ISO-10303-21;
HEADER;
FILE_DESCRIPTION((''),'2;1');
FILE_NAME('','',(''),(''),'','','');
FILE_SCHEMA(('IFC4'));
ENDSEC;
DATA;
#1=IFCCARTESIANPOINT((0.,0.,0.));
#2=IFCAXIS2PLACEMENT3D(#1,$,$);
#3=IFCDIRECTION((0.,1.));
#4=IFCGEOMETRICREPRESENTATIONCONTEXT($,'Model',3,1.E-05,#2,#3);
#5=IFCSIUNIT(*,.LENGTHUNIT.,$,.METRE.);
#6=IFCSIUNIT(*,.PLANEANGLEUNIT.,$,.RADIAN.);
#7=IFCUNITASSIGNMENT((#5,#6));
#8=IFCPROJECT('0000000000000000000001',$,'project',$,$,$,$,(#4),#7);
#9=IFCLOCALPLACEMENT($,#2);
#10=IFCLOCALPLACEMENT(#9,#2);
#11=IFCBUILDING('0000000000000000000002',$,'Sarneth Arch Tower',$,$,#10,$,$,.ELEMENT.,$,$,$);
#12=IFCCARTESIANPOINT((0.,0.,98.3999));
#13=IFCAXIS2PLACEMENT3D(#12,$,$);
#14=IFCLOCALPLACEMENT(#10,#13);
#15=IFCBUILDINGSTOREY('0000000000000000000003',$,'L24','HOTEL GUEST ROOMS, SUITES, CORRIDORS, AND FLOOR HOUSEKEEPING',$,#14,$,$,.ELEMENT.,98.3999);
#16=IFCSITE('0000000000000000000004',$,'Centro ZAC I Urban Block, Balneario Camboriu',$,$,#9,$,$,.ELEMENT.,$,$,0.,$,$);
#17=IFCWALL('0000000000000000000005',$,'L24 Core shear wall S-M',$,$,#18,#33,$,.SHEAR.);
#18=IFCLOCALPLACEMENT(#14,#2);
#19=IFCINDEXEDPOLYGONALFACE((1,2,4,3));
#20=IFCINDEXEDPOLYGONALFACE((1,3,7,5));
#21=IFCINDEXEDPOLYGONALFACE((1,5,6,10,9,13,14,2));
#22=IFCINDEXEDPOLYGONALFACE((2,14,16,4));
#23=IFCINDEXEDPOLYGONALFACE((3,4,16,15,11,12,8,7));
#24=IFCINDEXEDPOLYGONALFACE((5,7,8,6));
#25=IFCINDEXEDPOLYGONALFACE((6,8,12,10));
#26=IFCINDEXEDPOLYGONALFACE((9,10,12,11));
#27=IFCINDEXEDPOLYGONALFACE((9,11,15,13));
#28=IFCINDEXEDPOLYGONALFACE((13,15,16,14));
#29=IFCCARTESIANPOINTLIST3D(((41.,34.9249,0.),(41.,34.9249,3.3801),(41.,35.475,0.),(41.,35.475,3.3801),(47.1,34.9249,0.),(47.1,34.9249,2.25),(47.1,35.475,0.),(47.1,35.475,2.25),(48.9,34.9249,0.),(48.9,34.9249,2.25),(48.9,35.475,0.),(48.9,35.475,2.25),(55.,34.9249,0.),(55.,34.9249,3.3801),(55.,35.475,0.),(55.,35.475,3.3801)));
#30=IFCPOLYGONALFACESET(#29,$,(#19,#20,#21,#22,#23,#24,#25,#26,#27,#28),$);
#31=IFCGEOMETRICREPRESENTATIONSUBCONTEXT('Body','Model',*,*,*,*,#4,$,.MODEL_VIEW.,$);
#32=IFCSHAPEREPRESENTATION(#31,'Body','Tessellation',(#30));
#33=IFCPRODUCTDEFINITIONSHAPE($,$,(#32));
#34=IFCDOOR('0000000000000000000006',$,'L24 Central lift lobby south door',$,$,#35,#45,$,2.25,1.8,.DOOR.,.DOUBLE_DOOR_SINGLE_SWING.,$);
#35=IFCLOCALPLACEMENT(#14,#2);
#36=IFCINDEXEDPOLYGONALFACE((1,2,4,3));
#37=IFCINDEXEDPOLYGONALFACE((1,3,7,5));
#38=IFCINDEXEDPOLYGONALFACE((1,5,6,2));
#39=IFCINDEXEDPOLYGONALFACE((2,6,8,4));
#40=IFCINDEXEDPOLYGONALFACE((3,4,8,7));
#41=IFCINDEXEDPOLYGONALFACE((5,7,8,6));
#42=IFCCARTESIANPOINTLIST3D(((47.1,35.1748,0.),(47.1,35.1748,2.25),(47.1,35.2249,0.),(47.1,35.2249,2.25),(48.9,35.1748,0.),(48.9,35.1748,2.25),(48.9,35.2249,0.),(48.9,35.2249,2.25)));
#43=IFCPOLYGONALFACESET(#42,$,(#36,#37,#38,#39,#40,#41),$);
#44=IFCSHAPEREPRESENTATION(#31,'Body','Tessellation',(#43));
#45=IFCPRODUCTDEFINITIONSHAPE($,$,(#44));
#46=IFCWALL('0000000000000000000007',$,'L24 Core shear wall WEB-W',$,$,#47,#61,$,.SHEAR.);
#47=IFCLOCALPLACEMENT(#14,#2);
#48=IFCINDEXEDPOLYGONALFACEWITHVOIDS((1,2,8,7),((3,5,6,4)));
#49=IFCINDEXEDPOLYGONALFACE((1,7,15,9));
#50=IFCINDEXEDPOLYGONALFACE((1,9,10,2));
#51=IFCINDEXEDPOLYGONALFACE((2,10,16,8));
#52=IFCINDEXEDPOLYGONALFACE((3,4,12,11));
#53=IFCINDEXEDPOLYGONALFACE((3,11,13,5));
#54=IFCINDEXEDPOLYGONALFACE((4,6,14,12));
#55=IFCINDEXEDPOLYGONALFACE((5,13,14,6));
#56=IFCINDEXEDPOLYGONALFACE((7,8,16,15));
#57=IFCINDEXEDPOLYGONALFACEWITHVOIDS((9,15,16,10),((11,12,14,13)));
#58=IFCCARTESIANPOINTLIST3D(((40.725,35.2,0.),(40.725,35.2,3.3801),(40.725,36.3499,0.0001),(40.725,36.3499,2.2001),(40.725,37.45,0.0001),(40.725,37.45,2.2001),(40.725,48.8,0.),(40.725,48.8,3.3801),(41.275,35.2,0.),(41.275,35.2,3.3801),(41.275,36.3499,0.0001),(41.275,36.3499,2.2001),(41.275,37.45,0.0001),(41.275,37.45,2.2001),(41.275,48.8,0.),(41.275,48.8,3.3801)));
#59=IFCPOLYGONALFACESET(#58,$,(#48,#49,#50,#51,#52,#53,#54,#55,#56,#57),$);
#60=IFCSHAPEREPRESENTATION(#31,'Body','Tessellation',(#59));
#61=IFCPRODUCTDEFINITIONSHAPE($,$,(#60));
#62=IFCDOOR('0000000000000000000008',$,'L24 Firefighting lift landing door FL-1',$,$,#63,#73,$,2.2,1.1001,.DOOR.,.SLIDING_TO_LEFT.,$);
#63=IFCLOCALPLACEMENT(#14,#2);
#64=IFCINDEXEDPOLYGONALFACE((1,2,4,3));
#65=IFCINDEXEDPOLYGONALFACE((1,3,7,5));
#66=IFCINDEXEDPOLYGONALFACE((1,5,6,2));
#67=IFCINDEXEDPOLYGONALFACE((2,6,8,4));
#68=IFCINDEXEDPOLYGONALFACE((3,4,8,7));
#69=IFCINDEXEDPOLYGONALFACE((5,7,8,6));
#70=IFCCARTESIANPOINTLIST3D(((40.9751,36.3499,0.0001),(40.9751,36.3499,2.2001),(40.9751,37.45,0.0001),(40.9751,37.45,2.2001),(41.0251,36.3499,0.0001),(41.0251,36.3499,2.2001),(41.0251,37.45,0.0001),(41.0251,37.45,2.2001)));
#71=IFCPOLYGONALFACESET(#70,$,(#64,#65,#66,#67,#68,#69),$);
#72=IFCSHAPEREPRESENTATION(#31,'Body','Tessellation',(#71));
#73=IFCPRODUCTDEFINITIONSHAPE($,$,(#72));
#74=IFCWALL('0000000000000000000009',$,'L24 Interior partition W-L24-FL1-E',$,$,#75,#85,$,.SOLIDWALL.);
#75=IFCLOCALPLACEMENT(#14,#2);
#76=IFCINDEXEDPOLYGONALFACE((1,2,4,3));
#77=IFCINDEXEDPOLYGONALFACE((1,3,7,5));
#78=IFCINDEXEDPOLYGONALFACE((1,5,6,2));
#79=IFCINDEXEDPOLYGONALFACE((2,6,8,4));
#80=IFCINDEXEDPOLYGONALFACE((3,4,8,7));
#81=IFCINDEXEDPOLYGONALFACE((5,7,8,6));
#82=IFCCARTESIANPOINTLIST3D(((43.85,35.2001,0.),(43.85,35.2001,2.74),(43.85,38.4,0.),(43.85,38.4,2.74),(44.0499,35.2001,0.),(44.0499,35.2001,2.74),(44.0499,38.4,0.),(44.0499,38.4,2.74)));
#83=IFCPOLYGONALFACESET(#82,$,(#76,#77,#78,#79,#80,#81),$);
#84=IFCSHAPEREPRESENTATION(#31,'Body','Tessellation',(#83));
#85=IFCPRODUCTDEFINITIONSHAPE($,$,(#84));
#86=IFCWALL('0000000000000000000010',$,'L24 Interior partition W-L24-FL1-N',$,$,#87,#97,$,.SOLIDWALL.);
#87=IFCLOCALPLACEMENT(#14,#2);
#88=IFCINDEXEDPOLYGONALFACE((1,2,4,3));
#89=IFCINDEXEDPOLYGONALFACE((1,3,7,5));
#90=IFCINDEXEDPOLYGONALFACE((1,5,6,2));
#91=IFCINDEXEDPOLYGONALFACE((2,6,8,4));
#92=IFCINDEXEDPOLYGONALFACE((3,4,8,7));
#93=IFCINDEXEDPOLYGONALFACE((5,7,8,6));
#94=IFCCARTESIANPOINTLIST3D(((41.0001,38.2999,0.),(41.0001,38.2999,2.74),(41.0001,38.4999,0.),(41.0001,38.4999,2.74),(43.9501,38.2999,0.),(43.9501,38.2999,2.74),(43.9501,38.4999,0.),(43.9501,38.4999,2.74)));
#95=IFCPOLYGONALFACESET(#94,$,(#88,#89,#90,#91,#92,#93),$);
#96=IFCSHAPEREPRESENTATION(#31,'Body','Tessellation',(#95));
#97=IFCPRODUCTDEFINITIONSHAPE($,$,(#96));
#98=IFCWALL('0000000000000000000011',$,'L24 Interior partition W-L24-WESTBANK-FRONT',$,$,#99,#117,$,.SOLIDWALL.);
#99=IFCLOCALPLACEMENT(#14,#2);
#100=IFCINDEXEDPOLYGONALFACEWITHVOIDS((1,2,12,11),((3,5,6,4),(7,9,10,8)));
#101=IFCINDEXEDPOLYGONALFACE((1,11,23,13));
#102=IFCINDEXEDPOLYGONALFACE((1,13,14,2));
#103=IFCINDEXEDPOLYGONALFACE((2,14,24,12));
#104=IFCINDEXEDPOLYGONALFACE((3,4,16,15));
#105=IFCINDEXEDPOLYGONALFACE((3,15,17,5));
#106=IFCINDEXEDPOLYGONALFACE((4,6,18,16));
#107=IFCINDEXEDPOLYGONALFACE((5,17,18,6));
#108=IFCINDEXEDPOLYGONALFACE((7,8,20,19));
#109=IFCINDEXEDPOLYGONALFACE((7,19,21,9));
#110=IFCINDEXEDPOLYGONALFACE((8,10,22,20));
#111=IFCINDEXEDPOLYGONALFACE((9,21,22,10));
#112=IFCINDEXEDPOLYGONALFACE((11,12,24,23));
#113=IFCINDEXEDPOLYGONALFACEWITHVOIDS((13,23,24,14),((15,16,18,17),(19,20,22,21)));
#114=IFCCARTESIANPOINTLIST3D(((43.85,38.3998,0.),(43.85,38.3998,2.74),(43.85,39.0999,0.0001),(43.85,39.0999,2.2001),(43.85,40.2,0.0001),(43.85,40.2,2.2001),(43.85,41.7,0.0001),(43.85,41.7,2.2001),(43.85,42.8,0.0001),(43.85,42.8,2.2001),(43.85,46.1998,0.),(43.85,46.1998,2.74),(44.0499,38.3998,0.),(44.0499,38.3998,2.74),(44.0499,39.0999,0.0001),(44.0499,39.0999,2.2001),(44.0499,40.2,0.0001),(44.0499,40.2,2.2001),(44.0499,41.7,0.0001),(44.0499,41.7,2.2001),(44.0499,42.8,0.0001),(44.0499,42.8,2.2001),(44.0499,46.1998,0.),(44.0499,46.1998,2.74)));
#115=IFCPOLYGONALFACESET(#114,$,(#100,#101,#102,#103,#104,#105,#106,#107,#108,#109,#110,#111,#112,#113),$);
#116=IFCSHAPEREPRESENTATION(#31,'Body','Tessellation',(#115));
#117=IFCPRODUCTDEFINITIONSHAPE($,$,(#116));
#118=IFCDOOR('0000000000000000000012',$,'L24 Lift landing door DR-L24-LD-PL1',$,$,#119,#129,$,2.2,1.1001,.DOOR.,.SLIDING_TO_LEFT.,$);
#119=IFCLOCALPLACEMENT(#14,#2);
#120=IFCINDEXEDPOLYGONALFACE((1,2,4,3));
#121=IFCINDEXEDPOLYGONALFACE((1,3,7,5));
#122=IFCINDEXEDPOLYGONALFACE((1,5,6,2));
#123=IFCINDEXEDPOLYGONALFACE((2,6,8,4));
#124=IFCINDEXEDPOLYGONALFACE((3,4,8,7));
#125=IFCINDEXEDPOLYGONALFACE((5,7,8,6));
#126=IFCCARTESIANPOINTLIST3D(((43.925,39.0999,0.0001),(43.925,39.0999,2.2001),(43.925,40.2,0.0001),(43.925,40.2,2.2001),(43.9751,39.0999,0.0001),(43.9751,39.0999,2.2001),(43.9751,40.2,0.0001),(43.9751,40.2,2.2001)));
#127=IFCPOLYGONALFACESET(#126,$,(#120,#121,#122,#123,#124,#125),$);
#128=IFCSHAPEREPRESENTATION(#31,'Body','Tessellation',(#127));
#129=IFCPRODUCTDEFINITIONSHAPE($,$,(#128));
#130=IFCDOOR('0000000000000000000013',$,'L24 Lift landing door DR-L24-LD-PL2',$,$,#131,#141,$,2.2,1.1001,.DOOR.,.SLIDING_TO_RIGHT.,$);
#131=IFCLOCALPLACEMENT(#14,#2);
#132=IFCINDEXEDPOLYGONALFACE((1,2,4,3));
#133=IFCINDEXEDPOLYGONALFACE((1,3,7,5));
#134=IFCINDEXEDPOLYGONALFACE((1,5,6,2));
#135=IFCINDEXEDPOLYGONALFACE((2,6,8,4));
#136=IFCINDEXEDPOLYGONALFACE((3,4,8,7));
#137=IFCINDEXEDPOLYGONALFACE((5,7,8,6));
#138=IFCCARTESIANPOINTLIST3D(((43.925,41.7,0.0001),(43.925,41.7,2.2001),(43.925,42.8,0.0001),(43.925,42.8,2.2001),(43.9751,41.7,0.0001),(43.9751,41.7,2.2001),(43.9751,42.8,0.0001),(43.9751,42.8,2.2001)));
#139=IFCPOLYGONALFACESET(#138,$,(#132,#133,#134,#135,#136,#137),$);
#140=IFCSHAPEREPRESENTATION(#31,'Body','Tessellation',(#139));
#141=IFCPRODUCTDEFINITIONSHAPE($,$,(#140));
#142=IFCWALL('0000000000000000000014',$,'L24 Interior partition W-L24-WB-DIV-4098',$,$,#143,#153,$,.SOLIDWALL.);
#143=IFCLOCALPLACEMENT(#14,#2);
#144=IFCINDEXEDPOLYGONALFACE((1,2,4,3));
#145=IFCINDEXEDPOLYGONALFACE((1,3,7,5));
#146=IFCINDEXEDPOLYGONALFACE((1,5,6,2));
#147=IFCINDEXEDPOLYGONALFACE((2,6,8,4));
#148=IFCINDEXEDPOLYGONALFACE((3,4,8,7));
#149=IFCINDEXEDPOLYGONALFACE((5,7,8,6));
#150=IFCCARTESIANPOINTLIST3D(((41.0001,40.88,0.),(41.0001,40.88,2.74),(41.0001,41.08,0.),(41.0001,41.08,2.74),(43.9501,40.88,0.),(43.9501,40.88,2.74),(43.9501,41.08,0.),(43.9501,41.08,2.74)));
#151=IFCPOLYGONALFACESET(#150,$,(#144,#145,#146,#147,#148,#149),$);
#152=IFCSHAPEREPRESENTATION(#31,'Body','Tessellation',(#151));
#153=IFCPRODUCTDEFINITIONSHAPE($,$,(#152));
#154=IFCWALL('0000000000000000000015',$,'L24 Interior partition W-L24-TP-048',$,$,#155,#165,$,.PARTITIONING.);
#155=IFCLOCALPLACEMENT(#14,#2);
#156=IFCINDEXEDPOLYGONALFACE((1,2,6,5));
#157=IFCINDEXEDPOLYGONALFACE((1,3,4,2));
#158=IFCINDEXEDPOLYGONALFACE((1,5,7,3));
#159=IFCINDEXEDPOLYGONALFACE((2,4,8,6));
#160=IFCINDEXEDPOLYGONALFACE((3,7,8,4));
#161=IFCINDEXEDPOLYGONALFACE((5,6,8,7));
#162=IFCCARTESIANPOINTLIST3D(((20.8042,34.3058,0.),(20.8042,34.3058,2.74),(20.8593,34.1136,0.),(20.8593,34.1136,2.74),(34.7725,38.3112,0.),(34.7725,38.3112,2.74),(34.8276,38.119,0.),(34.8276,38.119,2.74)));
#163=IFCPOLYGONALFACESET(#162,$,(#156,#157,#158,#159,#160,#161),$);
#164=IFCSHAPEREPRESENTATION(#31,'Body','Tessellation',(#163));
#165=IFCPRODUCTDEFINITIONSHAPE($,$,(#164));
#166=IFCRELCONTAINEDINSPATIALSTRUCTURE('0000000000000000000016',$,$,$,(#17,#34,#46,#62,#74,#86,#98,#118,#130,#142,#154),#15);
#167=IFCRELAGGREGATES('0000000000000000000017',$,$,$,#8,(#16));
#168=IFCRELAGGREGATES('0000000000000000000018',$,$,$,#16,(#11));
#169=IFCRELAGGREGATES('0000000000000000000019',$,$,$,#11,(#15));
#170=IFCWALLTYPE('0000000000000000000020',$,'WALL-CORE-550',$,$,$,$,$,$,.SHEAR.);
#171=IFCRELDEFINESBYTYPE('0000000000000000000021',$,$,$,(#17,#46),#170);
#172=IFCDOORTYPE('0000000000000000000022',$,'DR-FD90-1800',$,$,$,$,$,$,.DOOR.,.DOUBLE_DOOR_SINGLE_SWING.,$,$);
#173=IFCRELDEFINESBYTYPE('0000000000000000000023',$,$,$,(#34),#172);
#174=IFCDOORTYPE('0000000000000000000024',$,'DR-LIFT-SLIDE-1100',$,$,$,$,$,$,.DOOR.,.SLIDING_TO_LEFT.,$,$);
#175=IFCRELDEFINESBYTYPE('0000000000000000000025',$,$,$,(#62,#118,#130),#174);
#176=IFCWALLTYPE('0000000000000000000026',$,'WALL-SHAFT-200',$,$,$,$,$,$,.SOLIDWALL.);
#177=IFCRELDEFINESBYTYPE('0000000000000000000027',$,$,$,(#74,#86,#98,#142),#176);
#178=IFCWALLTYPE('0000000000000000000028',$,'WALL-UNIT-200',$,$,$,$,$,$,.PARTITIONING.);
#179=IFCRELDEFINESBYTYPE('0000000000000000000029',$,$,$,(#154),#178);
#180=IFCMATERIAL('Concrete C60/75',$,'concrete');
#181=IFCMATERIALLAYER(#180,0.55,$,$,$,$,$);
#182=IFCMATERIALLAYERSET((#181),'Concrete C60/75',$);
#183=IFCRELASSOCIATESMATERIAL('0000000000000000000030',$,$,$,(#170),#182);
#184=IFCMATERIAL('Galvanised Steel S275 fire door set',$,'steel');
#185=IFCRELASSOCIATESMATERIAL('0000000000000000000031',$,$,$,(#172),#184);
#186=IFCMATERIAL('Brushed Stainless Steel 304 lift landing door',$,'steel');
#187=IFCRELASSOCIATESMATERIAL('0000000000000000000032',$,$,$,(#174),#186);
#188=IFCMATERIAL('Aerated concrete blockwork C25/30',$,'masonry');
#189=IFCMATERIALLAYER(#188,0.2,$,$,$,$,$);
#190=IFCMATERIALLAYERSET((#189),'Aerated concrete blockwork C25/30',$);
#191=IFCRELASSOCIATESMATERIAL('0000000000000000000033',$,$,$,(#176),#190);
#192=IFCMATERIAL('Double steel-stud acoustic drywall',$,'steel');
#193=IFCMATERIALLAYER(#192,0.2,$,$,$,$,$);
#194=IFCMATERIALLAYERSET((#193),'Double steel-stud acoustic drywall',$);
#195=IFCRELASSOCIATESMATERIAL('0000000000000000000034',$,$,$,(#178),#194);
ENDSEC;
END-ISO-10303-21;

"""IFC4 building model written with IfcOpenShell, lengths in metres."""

from ifc_helpers import new_model, si_unit, direction, frame, frame_2d, origin, place, context, subcontext, project, spatial, rectangle, extrude, material, layer, layer_set, type_object, element, fill, save


model = new_model("IFC4")

# Units and contexts
model_context = context("Model", 3, precision=1e-05, world=origin(), true_north=direction((0.0, 1.0)))
body_context = subcontext(model_context, "Body", "Model", "MODEL_VIEW")
ifc_project = project(units=[si_unit("LENGTHUNIT", "METRE"), si_unit("PLANEANGLEUNIT", "RADIAN")], contexts=[model_context])

# Site, building, storey
site_placement = place(None, origin())
site = spatial("IfcSite", under=ifc_project, at=site_placement, Name="Centro ZAC I Urban Block, Balneario Camboriu", CompositionType="ELEMENT", RefElevation=0.0)
building_placement = place(site_placement, origin())
building = spatial("IfcBuilding", under=site, at=building_placement, Name="Sarneth Arch Tower", CompositionType="ELEMENT")
storey_placement = place(building_placement, frame((0.0, 0.0, 98.3999)))
storey = spatial("IfcBuildingStorey", under=building, at=storey_placement, Name="L24", Description="HOTEL GUEST ROOMS, SUITES, CORRIDORS, AND FLOOR HOUSEKEEPING", CompositionType="ELEMENT", Elevation=98.3999)

# Shared definitions
ifc_material_1 = material(Name="Concrete C60/75", Category="concrete")
ifc_layer_1 = layer(ifc_material_1, 0.55)
ifc_layer_set_1 = layer_set([ifc_layer_1], Name="Concrete C60/75")
wall_type_1 = type_object("IfcWallType", Name="WALL-CORE-550", PredefinedType="SHEAR", material=ifc_layer_set_1)

# Walls, openings, doors
wall_1_placement = place(storey_placement, frame((41.0, 35.2, 0.0), z_axis=(0.0, 0.0, 1.0), x_axis=(1.0, 0.0, 0.0)))
wall_1 = element("IfcWall", 1, at=wall_1_placement, inside=storey, type_object=wall_type_1, Name="L24 Core shear wall S-M", PredefinedType="SHEAR", context=body_context, shape_type="SweptSolid", body=[
    extrude(rectangle(XDim=14.0, YDim=0.55, at=frame_2d((7.0, 0.0))), origin(), (0.0, 0.0, 1.0), 3.3801),
])
opening_1_placement = place(wall_1_placement, frame((6.1001, 0.0, 0.0)))
opening_1 = element("IfcOpeningElement", 2, at=opening_1_placement, cuts=wall_1, PredefinedType="OPENING", context=body_context, shape_type="SweptSolid", body=[
    extrude(rectangle(XDim=1.8, YDim=2.25, at=frame_2d((0.8999, 1.125))), frame((0.0, 0.2849, 0.0), z_axis=(0.0, -1.0, 0.0), x_axis=(1.0, 0.0, 0.0)), (0.0, 0.0, 1.0), 0.5701),
])
ifc_material_2 = material(Name="Galvanised Steel S275 fire door set", Category="steel")
door_type_1 = type_object("IfcDoorType", Name="DR-FD90-1800", OperationType="DOUBLE_DOOR_SINGLE_SWING", PredefinedType="DOOR", material=ifc_material_2)
door_1_placement = place(opening_1_placement, origin())
door_1 = element("IfcDoor", 3, at=door_1_placement, inside=storey, type_object=door_type_1, Name="L24 Central lift lobby south door", OperationType="DOUBLE_DOOR_SINGLE_SWING", OverallHeight=2.25, OverallWidth=1.8, PredefinedType="DOOR", context=body_context, shape_type="SweptSolid", body=[
    extrude(rectangle(XDim=1.8, YDim=2.25, at=frame_2d((0.8999, 1.125))), frame((0.0, 0.0249, 0.0), z_axis=(0.0, -1.0, 0.0), x_axis=(1.0, 0.0, 0.0)), (0.0, 0.0, 1.0), 0.05),
])
fill(opening_1, door_1)
wall_2_placement = place(storey_placement, frame((41.0, 35.2, 0.0), z_axis=(0.0, 0.0, 1.0), x_axis=(0.0, 1.0, 0.0)))
wall_2 = element("IfcWall", 4, at=wall_2_placement, inside=storey, type_object=wall_type_1, Name="L24 Core shear wall WEB-W", PredefinedType="SHEAR", context=body_context, shape_type="SweptSolid", body=[
    extrude(rectangle(XDim=13.6001, YDim=0.55, at=frame_2d((6.8, 0.0))), origin(), (0.0, 0.0, 1.0), 3.3801),
])
opening_2_placement = place(wall_2_placement, frame((1.1499, 0.0, 0.0)))
opening_2 = element("IfcOpeningElement", 5, at=opening_2_placement, cuts=wall_2, PredefinedType="OPENING", context=body_context, shape_type="SweptSolid", body=[
    extrude(rectangle(XDim=1.1001, YDim=2.2, at=frame_2d((0.55, 1.1001))), frame((0.0, 0.2849, 0.0), z_axis=(0.0, -1.0, 0.0), x_axis=(1.0, 0.0, 0.0)), (0.0, 0.0, 1.0), 0.5701),
])
ifc_material_3 = material(Name="Brushed Stainless Steel 304 lift landing door", Category="steel")
door_type_2 = type_object("IfcDoorType", Name="DR-LIFT-SLIDE-1100", OperationType="SLIDING_TO_LEFT", PredefinedType="DOOR", material=ifc_material_3)
door_2_placement = place(opening_2_placement, origin())
door_2 = element("IfcDoor", 6, at=door_2_placement, inside=storey, type_object=door_type_2, Name="L24 Firefighting lift landing door FL-1", OperationType="SLIDING_TO_LEFT", OverallHeight=2.2, OverallWidth=1.1001, PredefinedType="DOOR", context=body_context, shape_type="SweptSolid", body=[
    extrude(rectangle(XDim=1.1001, YDim=2.2, at=frame_2d((0.55, 1.1001))), frame((0.0, 0.0249, 0.0), z_axis=(0.0, -1.0, 0.0), x_axis=(1.0, 0.0, 0.0)), (0.0, 0.0, 1.0), 0.05),
])
fill(opening_2, door_2)
ifc_material_4 = material(Name="Aerated concrete blockwork C25/30", Category="masonry")
ifc_layer_2 = layer(ifc_material_4, 0.2)
ifc_layer_set_2 = layer_set([ifc_layer_2], Name="Aerated concrete blockwork C25/30")
wall_type_2 = type_object("IfcWallType", Name="WALL-SHAFT-200", PredefinedType="SOLIDWALL", material=ifc_layer_set_2)

# Walls
wall_3_placement = place(storey_placement, frame((43.95, 35.2, 0.0), z_axis=(0.0, 0.0, 1.0), x_axis=(0.0, 1.0, 0.0)))
element("IfcWall", 7, at=wall_3_placement, inside=storey, type_object=wall_type_2, Name="L24 Interior partition W-L24-FL1-E", PredefinedType="SOLIDWALL", context=body_context, shape_type="SweptSolid", body=[
    extrude(rectangle(XDim=3.2, YDim=0.2, at=frame_2d((1.6001, 0.0))), origin(), (0.0, 0.0, 1.0), 2.74),
])
wall_4_placement = place(storey_placement, frame((41.0, 38.3999, 0.0), z_axis=(0.0, 0.0, 1.0), x_axis=(1.0, 0.0, 0.0)))
element("IfcWall", 8, at=wall_4_placement, inside=storey, type_object=wall_type_2, Name="L24 Interior partition W-L24-FL1-N", PredefinedType="SOLIDWALL", context=body_context, shape_type="SweptSolid", body=[
    extrude(rectangle(XDim=2.95, YDim=0.2, at=frame_2d((1.4751, 0.0))), origin(), (0.0, 0.0, 1.0), 2.74),
])

# Wall, openings, doors
wall_5_placement = place(storey_placement, frame((43.95, 38.3999, 0.0), z_axis=(0.0, 0.0, 1.0), x_axis=(0.0, 1.0, 0.0)))
wall_5 = element("IfcWall", 9, at=wall_5_placement, inside=storey, type_object=wall_type_2, Name="L24 Interior partition W-L24-WESTBANK-FRONT", PredefinedType="SOLIDWALL", context=body_context, shape_type="SweptSolid", body=[
    extrude(rectangle(XDim=7.8, YDim=0.2, at=frame_2d((3.8999, 0.0))), origin(), (0.0, 0.0, 1.0), 2.74),
])
opening_3_placement = place(wall_5_placement, frame((0.7, 0.0, 0.0)))
opening_3 = element("IfcOpeningElement", 10, at=opening_3_placement, cuts=wall_5, PredefinedType="OPENING", context=body_context, shape_type="SweptSolid", body=[
    extrude(rectangle(XDim=1.1001, YDim=2.2, at=frame_2d((0.55, 1.1001))), frame((0.0, 0.1099, 0.0), z_axis=(0.0, -1.0, 0.0), x_axis=(1.0, 0.0, 0.0)), (0.0, 0.0, 1.0), 0.22),
])
opening_4_placement = place(wall_5_placement, frame((3.3, 0.0, 0.0)))
opening_4 = element("IfcOpeningElement", 11, at=opening_4_placement, cuts=wall_5, PredefinedType="OPENING", context=body_context, shape_type="SweptSolid", body=[
    extrude(rectangle(XDim=1.1001, YDim=2.2, at=frame_2d((0.55, 1.1001))), frame((0.0, 0.1099, 0.0), z_axis=(0.0, -1.0, 0.0), x_axis=(1.0, 0.0, 0.0)), (0.0, 0.0, 1.0), 0.22),
])
door_3_placement = place(opening_3_placement, origin())
door_3 = element("IfcDoor", 12, at=door_3_placement, inside=storey, type_object=door_type_2, Name="L24 Lift landing door DR-L24-LD-PL1", OperationType="SLIDING_TO_LEFT", OverallHeight=2.2, OverallWidth=1.1001, PredefinedType="DOOR", context=body_context, shape_type="SweptSolid", body=[
    extrude(rectangle(XDim=1.1001, YDim=2.2, at=frame_2d((0.55, 1.1001))), frame((0.0, 0.0249, 0.0), z_axis=(0.0, -1.0, 0.0), x_axis=(1.0, 0.0, 0.0)), (0.0, 0.0, 1.0), 0.05),
])
fill(opening_3, door_3)
door_4_placement = place(opening_4_placement, origin())
door_4 = element("IfcDoor", 13, at=door_4_placement, inside=storey, type_object=door_type_2, Name="L24 Lift landing door DR-L24-LD-PL2", OperationType="SLIDING_TO_RIGHT", OverallHeight=2.2, OverallWidth=1.1001, PredefinedType="DOOR", context=body_context, shape_type="SweptSolid", body=[
    extrude(rectangle(XDim=1.1001, YDim=2.2, at=frame_2d((0.55, 1.1001))), frame((0.0, 0.0249, 0.0), z_axis=(0.0, -1.0, 0.0), x_axis=(1.0, 0.0, 0.0)), (0.0, 0.0, 1.0), 0.05),
])
fill(opening_4, door_4)

# Walls
wall_6_placement = place(storey_placement, frame((41.0, 40.98, 0.0), z_axis=(0.0, 0.0, 1.0), x_axis=(1.0, 0.0, 0.0)))
element("IfcWall", 14, at=wall_6_placement, inside=storey, type_object=wall_type_2, Name="L24 Interior partition W-L24-WB-DIV-4098", PredefinedType="SOLIDWALL", context=body_context, shape_type="SweptSolid", body=[
    extrude(rectangle(XDim=2.95, YDim=0.2, at=frame_2d((1.4751, 0.0))), origin(), (0.0, 0.0, 1.0), 2.74),
])
ifc_material_5 = material(Name="Double steel-stud acoustic drywall", Category="steel")
ifc_layer_3 = layer(ifc_material_5, 0.2)
ifc_layer_set_3 = layer_set([ifc_layer_3], Name="Double steel-stud acoustic drywall")
wall_type_3 = type_object("IfcWallType", Name="WALL-UNIT-200", PredefinedType="PARTITIONING", material=ifc_layer_set_3)
wall_7_placement = place(storey_placement, frame((34.8, 38.2151, 0.0), z_axis=(0.0, 0.0, 1.0), x_axis=(-0.961261, -0.27564, 0.0)))
element("IfcWall", 15, at=wall_7_placement, inside=storey, type_object=wall_type_3, Name="L24 Interior partition W-L24-TP-048", PredefinedType="PARTITIONING", context=body_context, shape_type="SweptSolid", body=[
    extrude(rectangle(XDim=14.5312, YDim=0.2, at=frame_2d((7.2656, 0.0))), origin(), (0.0, 0.0, 1.0), 2.74),
])

save(model, "model.ifc")
